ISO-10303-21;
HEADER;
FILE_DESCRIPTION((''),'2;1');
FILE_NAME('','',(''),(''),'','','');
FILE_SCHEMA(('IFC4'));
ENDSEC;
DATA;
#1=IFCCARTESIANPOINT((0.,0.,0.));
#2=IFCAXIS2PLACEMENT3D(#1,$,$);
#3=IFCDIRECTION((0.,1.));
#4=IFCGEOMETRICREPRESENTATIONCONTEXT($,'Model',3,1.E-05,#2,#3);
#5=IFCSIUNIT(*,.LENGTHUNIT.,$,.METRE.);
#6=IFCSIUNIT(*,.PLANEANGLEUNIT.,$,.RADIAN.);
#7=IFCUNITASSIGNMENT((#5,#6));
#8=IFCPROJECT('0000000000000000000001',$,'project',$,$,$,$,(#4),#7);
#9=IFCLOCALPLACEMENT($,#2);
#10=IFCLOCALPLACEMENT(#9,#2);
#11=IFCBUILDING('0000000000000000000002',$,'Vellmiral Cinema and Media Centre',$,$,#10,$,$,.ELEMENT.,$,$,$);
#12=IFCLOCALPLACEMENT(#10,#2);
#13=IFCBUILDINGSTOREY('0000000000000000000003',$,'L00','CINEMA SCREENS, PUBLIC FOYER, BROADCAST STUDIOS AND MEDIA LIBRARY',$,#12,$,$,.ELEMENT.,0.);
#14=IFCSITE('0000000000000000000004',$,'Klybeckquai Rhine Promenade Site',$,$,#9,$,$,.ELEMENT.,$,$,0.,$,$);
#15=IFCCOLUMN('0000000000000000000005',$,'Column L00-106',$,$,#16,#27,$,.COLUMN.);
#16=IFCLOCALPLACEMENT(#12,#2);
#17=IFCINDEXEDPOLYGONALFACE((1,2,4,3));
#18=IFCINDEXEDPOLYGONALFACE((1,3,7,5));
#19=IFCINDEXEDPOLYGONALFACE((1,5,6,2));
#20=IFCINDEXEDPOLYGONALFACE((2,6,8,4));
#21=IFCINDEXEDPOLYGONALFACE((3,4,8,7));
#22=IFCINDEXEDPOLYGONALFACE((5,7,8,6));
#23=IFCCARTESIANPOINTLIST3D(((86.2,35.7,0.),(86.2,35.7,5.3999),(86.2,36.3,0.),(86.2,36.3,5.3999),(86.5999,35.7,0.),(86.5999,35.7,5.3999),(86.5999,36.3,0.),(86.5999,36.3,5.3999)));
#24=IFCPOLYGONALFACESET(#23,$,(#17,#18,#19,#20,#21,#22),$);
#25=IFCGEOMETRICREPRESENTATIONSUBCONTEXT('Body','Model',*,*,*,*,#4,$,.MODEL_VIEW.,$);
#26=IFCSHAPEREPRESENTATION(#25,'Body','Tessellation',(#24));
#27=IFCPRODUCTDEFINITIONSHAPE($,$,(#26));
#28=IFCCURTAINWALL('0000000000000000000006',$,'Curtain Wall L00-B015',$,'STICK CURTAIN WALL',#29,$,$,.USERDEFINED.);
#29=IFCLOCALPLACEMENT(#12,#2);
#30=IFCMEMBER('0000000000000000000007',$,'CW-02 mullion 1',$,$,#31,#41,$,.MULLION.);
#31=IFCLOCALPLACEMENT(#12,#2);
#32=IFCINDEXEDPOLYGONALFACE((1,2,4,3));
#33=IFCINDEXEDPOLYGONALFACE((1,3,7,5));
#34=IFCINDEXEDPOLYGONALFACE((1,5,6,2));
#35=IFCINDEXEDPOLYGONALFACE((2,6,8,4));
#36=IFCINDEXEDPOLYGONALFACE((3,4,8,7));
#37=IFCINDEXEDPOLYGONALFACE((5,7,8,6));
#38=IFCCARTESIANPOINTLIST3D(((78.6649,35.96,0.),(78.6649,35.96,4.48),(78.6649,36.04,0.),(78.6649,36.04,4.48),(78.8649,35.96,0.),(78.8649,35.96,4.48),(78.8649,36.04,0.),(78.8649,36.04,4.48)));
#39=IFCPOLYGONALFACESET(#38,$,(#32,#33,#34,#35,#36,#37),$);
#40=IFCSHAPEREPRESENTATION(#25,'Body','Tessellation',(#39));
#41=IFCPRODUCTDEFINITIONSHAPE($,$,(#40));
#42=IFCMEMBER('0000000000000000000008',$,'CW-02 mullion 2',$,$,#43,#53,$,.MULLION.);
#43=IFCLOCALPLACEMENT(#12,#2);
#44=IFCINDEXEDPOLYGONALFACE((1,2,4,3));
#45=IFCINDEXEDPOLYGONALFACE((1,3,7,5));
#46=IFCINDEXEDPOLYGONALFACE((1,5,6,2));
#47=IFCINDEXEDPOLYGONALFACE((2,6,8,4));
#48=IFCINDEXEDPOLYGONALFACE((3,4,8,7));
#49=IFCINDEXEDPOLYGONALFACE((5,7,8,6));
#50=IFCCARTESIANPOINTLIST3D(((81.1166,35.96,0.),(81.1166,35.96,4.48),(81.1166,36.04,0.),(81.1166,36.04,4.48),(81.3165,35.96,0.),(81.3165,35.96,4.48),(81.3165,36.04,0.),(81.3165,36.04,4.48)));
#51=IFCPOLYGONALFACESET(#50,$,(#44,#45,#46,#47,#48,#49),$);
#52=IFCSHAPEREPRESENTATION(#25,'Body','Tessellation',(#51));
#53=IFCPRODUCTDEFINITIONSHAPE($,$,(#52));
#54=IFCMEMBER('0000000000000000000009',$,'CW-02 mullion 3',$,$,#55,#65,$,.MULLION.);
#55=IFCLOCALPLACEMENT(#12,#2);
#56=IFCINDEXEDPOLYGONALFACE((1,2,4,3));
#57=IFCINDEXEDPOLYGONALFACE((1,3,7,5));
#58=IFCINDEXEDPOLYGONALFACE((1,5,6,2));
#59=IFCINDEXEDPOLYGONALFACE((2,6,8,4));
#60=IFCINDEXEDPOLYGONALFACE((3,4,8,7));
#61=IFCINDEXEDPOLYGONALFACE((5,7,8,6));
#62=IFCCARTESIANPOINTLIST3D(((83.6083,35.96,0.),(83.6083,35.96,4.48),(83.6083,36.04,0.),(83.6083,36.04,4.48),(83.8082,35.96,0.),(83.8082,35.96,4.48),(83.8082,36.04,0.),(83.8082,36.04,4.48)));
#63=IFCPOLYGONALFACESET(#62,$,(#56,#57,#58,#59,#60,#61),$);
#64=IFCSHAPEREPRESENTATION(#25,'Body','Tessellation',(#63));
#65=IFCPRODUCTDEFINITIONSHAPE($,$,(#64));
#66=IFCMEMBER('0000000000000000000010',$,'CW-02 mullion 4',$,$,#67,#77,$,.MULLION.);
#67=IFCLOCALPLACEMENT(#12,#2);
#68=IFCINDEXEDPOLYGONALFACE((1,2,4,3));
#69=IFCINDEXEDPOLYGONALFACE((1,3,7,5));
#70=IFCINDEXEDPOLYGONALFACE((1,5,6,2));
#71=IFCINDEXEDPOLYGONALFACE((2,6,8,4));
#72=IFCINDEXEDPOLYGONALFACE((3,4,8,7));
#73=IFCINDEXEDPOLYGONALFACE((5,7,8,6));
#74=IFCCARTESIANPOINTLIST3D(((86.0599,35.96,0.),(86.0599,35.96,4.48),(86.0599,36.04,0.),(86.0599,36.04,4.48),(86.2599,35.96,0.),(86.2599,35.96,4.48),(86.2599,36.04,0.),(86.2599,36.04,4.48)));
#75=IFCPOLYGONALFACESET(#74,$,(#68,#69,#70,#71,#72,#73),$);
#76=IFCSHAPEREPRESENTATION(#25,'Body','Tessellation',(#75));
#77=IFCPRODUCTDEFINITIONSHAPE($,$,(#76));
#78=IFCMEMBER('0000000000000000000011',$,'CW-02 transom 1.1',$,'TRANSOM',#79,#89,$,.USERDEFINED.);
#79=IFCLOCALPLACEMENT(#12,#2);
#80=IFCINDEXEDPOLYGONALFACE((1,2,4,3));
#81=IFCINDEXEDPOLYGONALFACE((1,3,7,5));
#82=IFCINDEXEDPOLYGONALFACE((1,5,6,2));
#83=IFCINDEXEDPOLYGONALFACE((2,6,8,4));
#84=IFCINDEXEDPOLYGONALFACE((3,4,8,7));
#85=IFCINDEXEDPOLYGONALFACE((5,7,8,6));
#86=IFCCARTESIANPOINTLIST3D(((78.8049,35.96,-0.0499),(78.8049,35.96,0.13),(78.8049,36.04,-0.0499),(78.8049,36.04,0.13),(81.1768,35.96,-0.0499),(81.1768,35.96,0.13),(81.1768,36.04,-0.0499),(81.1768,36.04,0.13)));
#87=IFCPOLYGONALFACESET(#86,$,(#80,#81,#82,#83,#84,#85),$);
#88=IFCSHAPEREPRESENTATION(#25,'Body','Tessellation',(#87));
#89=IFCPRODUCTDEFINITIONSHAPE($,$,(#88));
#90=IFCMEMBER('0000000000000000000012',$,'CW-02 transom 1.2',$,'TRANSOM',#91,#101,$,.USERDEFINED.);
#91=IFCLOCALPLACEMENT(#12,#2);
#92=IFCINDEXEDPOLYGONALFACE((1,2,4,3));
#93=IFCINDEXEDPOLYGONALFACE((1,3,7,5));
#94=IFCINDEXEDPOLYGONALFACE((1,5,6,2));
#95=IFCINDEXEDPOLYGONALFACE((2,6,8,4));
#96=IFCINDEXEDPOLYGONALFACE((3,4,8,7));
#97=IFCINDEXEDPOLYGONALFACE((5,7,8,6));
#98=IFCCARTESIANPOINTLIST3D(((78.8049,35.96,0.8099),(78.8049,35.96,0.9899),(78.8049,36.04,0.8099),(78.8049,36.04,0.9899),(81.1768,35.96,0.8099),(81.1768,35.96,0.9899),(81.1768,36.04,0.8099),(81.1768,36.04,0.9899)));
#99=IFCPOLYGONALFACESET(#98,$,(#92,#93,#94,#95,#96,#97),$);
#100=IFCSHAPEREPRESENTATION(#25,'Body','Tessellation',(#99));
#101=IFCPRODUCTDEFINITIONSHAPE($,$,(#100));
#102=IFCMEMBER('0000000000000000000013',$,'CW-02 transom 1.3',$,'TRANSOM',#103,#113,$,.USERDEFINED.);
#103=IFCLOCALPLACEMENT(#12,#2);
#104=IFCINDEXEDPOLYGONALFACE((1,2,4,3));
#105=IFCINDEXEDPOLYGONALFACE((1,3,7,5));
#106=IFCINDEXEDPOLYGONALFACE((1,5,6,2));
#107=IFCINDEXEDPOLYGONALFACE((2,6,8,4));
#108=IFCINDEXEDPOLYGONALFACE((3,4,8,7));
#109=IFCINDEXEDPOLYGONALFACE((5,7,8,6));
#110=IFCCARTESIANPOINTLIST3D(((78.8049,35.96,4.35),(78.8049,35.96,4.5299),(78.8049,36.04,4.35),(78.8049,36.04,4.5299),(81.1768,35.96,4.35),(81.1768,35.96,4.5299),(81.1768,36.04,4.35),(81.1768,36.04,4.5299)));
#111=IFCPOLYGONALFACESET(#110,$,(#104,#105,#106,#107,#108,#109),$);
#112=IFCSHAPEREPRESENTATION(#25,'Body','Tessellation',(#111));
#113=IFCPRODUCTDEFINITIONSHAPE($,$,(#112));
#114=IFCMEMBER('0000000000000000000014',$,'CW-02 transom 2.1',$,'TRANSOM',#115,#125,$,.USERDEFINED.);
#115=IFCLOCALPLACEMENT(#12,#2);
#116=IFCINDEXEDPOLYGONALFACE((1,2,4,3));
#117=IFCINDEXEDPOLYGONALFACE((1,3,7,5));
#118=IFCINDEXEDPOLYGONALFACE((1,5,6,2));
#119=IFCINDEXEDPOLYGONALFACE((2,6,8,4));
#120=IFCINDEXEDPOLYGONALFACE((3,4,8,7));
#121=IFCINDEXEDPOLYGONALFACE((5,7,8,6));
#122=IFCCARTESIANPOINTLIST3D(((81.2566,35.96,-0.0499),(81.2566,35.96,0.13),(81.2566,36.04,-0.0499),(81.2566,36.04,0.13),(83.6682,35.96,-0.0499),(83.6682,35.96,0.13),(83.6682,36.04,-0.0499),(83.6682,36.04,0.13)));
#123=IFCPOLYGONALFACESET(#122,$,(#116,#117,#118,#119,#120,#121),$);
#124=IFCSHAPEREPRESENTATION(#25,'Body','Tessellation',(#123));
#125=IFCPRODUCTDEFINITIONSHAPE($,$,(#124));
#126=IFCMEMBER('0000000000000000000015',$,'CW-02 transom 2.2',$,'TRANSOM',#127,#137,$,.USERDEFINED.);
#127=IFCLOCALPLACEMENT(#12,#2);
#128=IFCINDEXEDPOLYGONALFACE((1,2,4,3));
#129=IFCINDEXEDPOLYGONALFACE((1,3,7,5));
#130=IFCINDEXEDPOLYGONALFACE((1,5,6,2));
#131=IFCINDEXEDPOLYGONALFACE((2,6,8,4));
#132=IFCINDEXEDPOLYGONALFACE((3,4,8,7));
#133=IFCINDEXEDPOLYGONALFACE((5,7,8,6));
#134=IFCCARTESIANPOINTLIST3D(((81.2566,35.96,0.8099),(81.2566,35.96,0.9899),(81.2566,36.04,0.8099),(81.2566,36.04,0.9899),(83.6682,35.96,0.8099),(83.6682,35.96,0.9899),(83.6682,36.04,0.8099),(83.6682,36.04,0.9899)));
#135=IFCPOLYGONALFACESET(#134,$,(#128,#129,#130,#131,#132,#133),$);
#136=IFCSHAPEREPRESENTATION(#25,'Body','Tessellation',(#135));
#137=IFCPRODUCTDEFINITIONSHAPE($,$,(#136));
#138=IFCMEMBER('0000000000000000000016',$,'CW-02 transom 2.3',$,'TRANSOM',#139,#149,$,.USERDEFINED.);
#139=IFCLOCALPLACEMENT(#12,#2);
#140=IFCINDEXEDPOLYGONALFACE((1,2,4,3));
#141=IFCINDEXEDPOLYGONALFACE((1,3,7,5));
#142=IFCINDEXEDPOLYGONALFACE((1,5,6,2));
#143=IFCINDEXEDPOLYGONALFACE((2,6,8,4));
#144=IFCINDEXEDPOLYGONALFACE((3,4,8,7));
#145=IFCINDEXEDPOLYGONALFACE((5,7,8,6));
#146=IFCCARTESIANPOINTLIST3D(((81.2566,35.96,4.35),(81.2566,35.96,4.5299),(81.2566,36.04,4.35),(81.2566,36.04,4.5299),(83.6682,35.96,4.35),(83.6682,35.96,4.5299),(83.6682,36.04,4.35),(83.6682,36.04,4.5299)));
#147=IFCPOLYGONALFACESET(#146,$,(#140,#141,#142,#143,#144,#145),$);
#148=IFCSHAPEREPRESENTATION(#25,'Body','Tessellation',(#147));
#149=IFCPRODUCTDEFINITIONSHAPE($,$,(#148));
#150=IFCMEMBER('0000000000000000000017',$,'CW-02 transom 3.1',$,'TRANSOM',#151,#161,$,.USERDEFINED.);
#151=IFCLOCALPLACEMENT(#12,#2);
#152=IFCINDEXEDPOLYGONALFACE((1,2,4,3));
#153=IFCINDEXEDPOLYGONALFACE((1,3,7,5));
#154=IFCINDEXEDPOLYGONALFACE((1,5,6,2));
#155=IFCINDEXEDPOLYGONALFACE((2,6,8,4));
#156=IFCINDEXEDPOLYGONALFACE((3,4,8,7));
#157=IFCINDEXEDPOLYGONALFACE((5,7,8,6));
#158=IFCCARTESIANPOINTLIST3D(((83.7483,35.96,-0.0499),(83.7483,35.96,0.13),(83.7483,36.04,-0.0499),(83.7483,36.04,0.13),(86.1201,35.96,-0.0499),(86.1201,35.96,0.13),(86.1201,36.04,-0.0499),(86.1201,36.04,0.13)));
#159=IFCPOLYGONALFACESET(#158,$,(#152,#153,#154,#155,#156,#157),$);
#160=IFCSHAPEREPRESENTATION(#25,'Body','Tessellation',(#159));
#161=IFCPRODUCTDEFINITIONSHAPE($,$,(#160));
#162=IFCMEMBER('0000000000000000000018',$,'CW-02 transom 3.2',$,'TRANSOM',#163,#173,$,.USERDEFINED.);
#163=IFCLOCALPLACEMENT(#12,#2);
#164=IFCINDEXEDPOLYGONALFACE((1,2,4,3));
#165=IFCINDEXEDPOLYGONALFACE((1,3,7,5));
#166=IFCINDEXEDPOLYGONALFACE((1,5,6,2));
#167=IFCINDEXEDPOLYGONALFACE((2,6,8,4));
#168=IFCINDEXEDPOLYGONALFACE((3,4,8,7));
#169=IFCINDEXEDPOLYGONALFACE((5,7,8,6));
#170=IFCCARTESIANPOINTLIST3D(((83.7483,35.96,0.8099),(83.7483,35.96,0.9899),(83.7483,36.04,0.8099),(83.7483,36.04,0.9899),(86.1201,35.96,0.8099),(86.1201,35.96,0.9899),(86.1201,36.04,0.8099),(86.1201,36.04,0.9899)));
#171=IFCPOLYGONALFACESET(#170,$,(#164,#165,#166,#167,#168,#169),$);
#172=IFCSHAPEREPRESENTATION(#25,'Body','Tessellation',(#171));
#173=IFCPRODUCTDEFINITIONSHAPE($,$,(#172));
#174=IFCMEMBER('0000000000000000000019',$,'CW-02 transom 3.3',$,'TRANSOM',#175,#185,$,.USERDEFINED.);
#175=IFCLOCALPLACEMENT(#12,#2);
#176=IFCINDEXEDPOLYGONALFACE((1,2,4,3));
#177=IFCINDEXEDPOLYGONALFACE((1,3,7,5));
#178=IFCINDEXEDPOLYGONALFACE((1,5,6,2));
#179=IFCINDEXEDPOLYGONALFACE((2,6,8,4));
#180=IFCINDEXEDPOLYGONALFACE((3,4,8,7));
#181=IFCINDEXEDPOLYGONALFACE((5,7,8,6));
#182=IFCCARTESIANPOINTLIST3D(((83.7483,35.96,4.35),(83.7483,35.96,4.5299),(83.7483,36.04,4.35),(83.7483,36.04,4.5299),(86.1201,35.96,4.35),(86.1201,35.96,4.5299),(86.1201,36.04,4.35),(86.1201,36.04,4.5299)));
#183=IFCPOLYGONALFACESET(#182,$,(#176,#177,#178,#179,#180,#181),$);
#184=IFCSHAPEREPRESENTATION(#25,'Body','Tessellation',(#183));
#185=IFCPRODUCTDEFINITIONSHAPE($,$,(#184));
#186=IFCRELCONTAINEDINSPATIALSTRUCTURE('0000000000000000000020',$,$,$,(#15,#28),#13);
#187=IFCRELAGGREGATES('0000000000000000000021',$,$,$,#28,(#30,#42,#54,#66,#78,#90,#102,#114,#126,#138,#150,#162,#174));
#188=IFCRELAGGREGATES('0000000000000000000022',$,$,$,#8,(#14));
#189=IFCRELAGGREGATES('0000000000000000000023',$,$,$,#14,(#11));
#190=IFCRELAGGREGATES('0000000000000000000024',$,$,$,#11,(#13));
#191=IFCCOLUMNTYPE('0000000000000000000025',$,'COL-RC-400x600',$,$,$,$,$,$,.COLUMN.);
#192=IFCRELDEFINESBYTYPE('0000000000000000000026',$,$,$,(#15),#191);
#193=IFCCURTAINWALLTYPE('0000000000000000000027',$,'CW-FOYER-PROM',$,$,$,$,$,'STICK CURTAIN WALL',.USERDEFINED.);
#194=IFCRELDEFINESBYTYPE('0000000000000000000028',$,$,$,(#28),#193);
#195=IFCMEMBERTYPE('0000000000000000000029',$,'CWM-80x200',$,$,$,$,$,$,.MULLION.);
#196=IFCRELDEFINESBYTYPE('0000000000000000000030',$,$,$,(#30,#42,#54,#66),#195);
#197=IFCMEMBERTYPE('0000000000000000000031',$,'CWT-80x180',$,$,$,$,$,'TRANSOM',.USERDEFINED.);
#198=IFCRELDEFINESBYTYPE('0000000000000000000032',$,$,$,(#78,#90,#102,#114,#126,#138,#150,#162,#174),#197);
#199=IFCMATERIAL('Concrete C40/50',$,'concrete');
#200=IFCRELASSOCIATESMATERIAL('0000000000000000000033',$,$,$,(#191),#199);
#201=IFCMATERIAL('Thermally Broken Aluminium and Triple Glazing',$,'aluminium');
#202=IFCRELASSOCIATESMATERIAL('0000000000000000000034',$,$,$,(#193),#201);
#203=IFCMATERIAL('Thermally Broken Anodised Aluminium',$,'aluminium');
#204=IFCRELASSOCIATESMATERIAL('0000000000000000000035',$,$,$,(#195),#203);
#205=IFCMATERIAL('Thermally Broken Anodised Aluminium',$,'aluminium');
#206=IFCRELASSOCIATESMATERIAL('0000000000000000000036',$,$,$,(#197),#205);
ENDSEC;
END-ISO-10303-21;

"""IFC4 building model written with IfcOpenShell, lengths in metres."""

from ifc_helpers import new_model, si_unit, direction, frame, origin, origin_2d, place, context, subcontext, project, spatial, rectangle, extrude, material, material_profile, profile_set, type_object, element, aggregate, save


model = new_model("IFC4")

# Units and contexts
model_context = context("Model", 3, precision=1e-05, world=origin(), true_north=direction((0.0, 1.0)))
body_context = subcontext(model_context, "Body", "Model", "MODEL_VIEW")
ifc_project = project(units=[si_unit("LENGTHUNIT", "METRE"), si_unit("PLANEANGLEUNIT", "RADIAN")], contexts=[model_context])

# Site, building, storey
site_placement = place(None, origin())
site = spatial("IfcSite", under=ifc_project, at=site_placement, Name="Klybeckquai Rhine Promenade Site", CompositionType="ELEMENT", RefElevation=0.0)
building_placement = place(site_placement, origin())
building = spatial("IfcBuilding", under=site, at=building_placement, Name="Vellmiral Cinema and Media Centre", CompositionType="ELEMENT")
storey_placement = place(building_placement, origin())
storey = spatial("IfcBuildingStorey", under=building, at=storey_placement, Name="L00", Description="CINEMA SCREENS, PUBLIC FOYER, BROADCAST STUDIOS AND MEDIA LIBRARY", CompositionType="ELEMENT", Elevation=0.0)

# Column
ifc_material_1 = material(Name="Concrete C40/50", Category="concrete")
ifc_material_profile_1 = material_profile(ifc_material_1, rectangle(XDim=0.3999, YDim=0.6001, at=origin_2d()), Name="RC 400x600")
ifc_profile_set_1 = profile_set([ifc_material_profile_1], Name="Concrete C40/50")
column_type = type_object("IfcColumnType", Name="COL-RC-400x600", PredefinedType="COLUMN", material=ifc_profile_set_1)
column_placement = place(storey_placement, frame((86.3999, 36.0, 0.0), z_axis=(0.0, 0.0, 1.0), x_axis=(1.0, 0.0, 0.0)))
element("IfcColumn", 1, at=column_placement, inside=storey, type_object=column_type, Name="Column L00-106", PredefinedType="COLUMN", context=body_context, shape_type="SweptSolid", body=[
    extrude(rectangle(XDim=0.3999, YDim=0.6001, at=origin_2d()), origin(), (0.0, 0.0, 1.0), 5.3999),
])

# Curtain wall, members
ifc_material_2 = material(Name="Thermally Broken Aluminium and Triple Glazing", Category="aluminium")
curtain_wall_type = type_object("IfcCurtainWallType", Name="CW-FOYER-PROM", ElementType="STICK CURTAIN WALL", PredefinedType="USERDEFINED", material=ifc_material_2)
curtain_wall_placement = place(storey_placement, origin())
curtain_wall = element("IfcCurtainWall", 2, at=curtain_wall_placement, inside=storey, type_object=curtain_wall_type, Name="Curtain Wall L00-B015", ObjectType="STICK CURTAIN WALL", PredefinedType="USERDEFINED")
ifc_material_3 = material(Name="Thermally Broken Anodised Aluminium", Category="aluminium")
ifc_material_profile_2 = material_profile(ifc_material_3, rectangle(XDim=0.0801, YDim=0.2, at=origin_2d()), Name="MULL 80x200")
ifc_profile_set_2 = profile_set([ifc_material_profile_2], Name="Thermally Broken Anodised Aluminium")
member_type_1 = type_object("IfcMemberType", Name="CWM-80x200", PredefinedType="MULLION", material=ifc_profile_set_2)
member_1_placement = place(storey_placement, frame((78.7649, 36.0, 0.0), z_axis=(0.0, 0.0, 1.0), x_axis=(0.0, 1.0, 0.0)))
member_1 = element("IfcMember", 3, at=member_1_placement, type_object=member_type_1, Name="CW-02 mullion 1", PredefinedType="MULLION", context=body_context, shape_type="SweptSolid", body=[
    extrude(rectangle(XDim=0.0801, YDim=0.2, at=origin_2d()), origin(), (0.0, 0.0, 1.0), 4.48),
])
member_2_placement = place(storey_placement, frame((81.2166, 36.0, 0.0), z_axis=(0.0, 0.0, 1.0), x_axis=(0.0, 1.0, 0.0)))
member_2 = element("IfcMember", 4, at=member_2_placement, type_object=member_type_1, Name="CW-02 mullion 2", PredefinedType="MULLION", context=body_context, shape_type="SweptSolid", body=[
    extrude(rectangle(XDim=0.0801, YDim=0.2, at=origin_2d()), origin(), (0.0, 0.0, 1.0), 4.48),
])
member_3_placement = place(storey_placement, frame((83.7083, 36.0, 0.0), z_axis=(0.0, 0.0, 1.0), x_axis=(0.0, 1.0, 0.0)))
member_3 = element("IfcMember", 5, at=member_3_placement, type_object=member_type_1, Name="CW-02 mullion 3", PredefinedType="MULLION", context=body_context, shape_type="SweptSolid", body=[
    extrude(rectangle(XDim=0.0801, YDim=0.2, at=origin_2d()), origin(), (0.0, 0.0, 1.0), 4.48),
])
member_4_placement = place(storey_placement, frame((86.1599, 36.0, 0.0), z_axis=(0.0, 0.0, 1.0), x_axis=(0.0, 1.0, 0.0)))
member_4 = element("IfcMember", 6, at=member_4_placement, type_object=member_type_1, Name="CW-02 mullion 4", PredefinedType="MULLION", context=body_context, shape_type="SweptSolid", body=[
    extrude(rectangle(XDim=0.0801, YDim=0.2, at=origin_2d()), origin(), (0.0, 0.0, 1.0), 4.48),
])
ifc_material_4 = material(Name="Thermally Broken Anodised Aluminium", Category="aluminium")
ifc_material_profile_3 = material_profile(ifc_material_4, rectangle(XDim=0.0801, YDim=0.1799, at=origin_2d()), Name="MULL 80x180")
ifc_profile_set_3 = profile_set([ifc_material_profile_3], Name="Thermally Broken Anodised Aluminium")
member_type_2 = type_object("IfcMemberType", Name="CWT-80x180", ElementType="TRANSOM", PredefinedType="USERDEFINED", material=ifc_profile_set_3)
member_5_placement = place(storey_placement, frame((78.8049, 36.0, 0.04), z_axis=(1.0, 0.0, 0.0), x_axis=(0.0, 1.0, 0.0)))
member_5 = element("IfcMember", 7, at=member_5_placement, type_object=member_type_2, Name="CW-02 transom 1.1", ObjectType="TRANSOM", PredefinedType="USERDEFINED", context=body_context, shape_type="SweptSolid", body=[
    extrude(rectangle(XDim=0.0801, YDim=0.1799, at=origin_2d()), origin(), (0.0, 0.0, 1.0), 2.3718),
])
member_6_placement = place(storey_placement, frame((78.8049, 36.0, 0.8999), z_axis=(1.0, 0.0, 0.0), x_axis=(0.0, 1.0, 0.0)))
member_6 = element("IfcMember", 8, at=member_6_placement, type_object=member_type_2, Name="CW-02 transom 1.2", ObjectType="TRANSOM", PredefinedType="USERDEFINED", context=body_context, shape_type="SweptSolid", body=[
    extrude(rectangle(XDim=0.0801, YDim=0.1799, at=origin_2d()), origin(), (0.0, 0.0, 1.0), 2.3718),
])
member_7_placement = place(storey_placement, frame((78.8049, 36.0, 4.4399), z_axis=(1.0, 0.0, 0.0), x_axis=(0.0, 1.0, 0.0)))
member_7 = element("IfcMember", 9, at=member_7_placement, type_object=member_type_2, Name="CW-02 transom 1.3", ObjectType="TRANSOM", PredefinedType="USERDEFINED", context=body_context, shape_type="SweptSolid", body=[
    extrude(rectangle(XDim=0.0801, YDim=0.1799, at=origin_2d()), origin(), (0.0, 0.0, 1.0), 2.3718),
])
member_8_placement = place(storey_placement, frame((81.2566, 36.0, 0.04), z_axis=(1.0, 0.0, 0.0), x_axis=(0.0, 1.0, 0.0)))
member_8 = element("IfcMember", 10, at=member_8_placement, type_object=member_type_2, Name="CW-02 transom 2.1", ObjectType="TRANSOM", PredefinedType="USERDEFINED", context=body_context, shape_type="SweptSolid", body=[
    extrude(rectangle(XDim=0.0801, YDim=0.1799, at=origin_2d()), origin(), (0.0, 0.0, 1.0), 2.4116),
])
member_9_placement = place(storey_placement, frame((81.2566, 36.0, 0.8999), z_axis=(1.0, 0.0, 0.0), x_axis=(0.0, 1.0, 0.0)))
member_9 = element("IfcMember", 11, at=member_9_placement, type_object=member_type_2, Name="CW-02 transom 2.2", ObjectType="TRANSOM", PredefinedType="USERDEFINED", context=body_context, shape_type="SweptSolid", body=[
    extrude(rectangle(XDim=0.0801, YDim=0.1799, at=origin_2d()), origin(), (0.0, 0.0, 1.0), 2.4116),
])
member_10_placement = place(storey_placement, frame((81.2566, 36.0, 4.4399), z_axis=(1.0, 0.0, 0.0), x_axis=(0.0, 1.0, 0.0)))
member_10 = element("IfcMember", 12, at=member_10_placement, type_object=member_type_2, Name="CW-02 transom 2.3", ObjectType="TRANSOM", PredefinedType="USERDEFINED", context=body_context, shape_type="SweptSolid", body=[
    extrude(rectangle(XDim=0.0801, YDim=0.1799, at=origin_2d()), origin(), (0.0, 0.0, 1.0), 2.4116),
])
member_11_placement = place(storey_placement, frame((83.7483, 36.0, 0.04), z_axis=(1.0, 0.0, 0.0), x_axis=(0.0, 1.0, 0.0)))
member_11 = element("IfcMember", 13, at=member_11_placement, type_object=member_type_2, Name="CW-02 transom 3.1", ObjectType="TRANSOM", PredefinedType="USERDEFINED", context=body_context, shape_type="SweptSolid", body=[
    extrude(rectangle(XDim=0.0801, YDim=0.1799, at=origin_2d()), origin(), (0.0, 0.0, 1.0), 2.3718),
])
member_12_placement = place(storey_placement, frame((83.7483, 36.0, 0.8999), z_axis=(1.0, 0.0, 0.0), x_axis=(0.0, 1.0, 0.0)))
member_12 = element("IfcMember", 14, at=member_12_placement, type_object=member_type_2, Name="CW-02 transom 3.2", ObjectType="TRANSOM", PredefinedType="USERDEFINED", context=body_context, shape_type="SweptSolid", body=[
    extrude(rectangle(XDim=0.0801, YDim=0.1799, at=origin_2d()), origin(), (0.0, 0.0, 1.0), 2.3718),
])
member_13_placement = place(storey_placement, frame((83.7483, 36.0, 4.4399), z_axis=(1.0, 0.0, 0.0), x_axis=(0.0, 1.0, 0.0)))
member_13 = element("IfcMember", 15, at=member_13_placement, type_object=member_type_2, Name="CW-02 transom 3.3", ObjectType="TRANSOM", PredefinedType="USERDEFINED", context=body_context, shape_type="SweptSolid", body=[
    extrude(rectangle(XDim=0.0801, YDim=0.1799, at=origin_2d()), origin(), (0.0, 0.0, 1.0), 2.3718),
])
aggregate(curtain_wall, [member_1, member_2, member_3, member_4, member_5, member_6, member_7, member_8, member_9, member_10, member_11, member_12, member_13])

save(model, "model.ifc")
